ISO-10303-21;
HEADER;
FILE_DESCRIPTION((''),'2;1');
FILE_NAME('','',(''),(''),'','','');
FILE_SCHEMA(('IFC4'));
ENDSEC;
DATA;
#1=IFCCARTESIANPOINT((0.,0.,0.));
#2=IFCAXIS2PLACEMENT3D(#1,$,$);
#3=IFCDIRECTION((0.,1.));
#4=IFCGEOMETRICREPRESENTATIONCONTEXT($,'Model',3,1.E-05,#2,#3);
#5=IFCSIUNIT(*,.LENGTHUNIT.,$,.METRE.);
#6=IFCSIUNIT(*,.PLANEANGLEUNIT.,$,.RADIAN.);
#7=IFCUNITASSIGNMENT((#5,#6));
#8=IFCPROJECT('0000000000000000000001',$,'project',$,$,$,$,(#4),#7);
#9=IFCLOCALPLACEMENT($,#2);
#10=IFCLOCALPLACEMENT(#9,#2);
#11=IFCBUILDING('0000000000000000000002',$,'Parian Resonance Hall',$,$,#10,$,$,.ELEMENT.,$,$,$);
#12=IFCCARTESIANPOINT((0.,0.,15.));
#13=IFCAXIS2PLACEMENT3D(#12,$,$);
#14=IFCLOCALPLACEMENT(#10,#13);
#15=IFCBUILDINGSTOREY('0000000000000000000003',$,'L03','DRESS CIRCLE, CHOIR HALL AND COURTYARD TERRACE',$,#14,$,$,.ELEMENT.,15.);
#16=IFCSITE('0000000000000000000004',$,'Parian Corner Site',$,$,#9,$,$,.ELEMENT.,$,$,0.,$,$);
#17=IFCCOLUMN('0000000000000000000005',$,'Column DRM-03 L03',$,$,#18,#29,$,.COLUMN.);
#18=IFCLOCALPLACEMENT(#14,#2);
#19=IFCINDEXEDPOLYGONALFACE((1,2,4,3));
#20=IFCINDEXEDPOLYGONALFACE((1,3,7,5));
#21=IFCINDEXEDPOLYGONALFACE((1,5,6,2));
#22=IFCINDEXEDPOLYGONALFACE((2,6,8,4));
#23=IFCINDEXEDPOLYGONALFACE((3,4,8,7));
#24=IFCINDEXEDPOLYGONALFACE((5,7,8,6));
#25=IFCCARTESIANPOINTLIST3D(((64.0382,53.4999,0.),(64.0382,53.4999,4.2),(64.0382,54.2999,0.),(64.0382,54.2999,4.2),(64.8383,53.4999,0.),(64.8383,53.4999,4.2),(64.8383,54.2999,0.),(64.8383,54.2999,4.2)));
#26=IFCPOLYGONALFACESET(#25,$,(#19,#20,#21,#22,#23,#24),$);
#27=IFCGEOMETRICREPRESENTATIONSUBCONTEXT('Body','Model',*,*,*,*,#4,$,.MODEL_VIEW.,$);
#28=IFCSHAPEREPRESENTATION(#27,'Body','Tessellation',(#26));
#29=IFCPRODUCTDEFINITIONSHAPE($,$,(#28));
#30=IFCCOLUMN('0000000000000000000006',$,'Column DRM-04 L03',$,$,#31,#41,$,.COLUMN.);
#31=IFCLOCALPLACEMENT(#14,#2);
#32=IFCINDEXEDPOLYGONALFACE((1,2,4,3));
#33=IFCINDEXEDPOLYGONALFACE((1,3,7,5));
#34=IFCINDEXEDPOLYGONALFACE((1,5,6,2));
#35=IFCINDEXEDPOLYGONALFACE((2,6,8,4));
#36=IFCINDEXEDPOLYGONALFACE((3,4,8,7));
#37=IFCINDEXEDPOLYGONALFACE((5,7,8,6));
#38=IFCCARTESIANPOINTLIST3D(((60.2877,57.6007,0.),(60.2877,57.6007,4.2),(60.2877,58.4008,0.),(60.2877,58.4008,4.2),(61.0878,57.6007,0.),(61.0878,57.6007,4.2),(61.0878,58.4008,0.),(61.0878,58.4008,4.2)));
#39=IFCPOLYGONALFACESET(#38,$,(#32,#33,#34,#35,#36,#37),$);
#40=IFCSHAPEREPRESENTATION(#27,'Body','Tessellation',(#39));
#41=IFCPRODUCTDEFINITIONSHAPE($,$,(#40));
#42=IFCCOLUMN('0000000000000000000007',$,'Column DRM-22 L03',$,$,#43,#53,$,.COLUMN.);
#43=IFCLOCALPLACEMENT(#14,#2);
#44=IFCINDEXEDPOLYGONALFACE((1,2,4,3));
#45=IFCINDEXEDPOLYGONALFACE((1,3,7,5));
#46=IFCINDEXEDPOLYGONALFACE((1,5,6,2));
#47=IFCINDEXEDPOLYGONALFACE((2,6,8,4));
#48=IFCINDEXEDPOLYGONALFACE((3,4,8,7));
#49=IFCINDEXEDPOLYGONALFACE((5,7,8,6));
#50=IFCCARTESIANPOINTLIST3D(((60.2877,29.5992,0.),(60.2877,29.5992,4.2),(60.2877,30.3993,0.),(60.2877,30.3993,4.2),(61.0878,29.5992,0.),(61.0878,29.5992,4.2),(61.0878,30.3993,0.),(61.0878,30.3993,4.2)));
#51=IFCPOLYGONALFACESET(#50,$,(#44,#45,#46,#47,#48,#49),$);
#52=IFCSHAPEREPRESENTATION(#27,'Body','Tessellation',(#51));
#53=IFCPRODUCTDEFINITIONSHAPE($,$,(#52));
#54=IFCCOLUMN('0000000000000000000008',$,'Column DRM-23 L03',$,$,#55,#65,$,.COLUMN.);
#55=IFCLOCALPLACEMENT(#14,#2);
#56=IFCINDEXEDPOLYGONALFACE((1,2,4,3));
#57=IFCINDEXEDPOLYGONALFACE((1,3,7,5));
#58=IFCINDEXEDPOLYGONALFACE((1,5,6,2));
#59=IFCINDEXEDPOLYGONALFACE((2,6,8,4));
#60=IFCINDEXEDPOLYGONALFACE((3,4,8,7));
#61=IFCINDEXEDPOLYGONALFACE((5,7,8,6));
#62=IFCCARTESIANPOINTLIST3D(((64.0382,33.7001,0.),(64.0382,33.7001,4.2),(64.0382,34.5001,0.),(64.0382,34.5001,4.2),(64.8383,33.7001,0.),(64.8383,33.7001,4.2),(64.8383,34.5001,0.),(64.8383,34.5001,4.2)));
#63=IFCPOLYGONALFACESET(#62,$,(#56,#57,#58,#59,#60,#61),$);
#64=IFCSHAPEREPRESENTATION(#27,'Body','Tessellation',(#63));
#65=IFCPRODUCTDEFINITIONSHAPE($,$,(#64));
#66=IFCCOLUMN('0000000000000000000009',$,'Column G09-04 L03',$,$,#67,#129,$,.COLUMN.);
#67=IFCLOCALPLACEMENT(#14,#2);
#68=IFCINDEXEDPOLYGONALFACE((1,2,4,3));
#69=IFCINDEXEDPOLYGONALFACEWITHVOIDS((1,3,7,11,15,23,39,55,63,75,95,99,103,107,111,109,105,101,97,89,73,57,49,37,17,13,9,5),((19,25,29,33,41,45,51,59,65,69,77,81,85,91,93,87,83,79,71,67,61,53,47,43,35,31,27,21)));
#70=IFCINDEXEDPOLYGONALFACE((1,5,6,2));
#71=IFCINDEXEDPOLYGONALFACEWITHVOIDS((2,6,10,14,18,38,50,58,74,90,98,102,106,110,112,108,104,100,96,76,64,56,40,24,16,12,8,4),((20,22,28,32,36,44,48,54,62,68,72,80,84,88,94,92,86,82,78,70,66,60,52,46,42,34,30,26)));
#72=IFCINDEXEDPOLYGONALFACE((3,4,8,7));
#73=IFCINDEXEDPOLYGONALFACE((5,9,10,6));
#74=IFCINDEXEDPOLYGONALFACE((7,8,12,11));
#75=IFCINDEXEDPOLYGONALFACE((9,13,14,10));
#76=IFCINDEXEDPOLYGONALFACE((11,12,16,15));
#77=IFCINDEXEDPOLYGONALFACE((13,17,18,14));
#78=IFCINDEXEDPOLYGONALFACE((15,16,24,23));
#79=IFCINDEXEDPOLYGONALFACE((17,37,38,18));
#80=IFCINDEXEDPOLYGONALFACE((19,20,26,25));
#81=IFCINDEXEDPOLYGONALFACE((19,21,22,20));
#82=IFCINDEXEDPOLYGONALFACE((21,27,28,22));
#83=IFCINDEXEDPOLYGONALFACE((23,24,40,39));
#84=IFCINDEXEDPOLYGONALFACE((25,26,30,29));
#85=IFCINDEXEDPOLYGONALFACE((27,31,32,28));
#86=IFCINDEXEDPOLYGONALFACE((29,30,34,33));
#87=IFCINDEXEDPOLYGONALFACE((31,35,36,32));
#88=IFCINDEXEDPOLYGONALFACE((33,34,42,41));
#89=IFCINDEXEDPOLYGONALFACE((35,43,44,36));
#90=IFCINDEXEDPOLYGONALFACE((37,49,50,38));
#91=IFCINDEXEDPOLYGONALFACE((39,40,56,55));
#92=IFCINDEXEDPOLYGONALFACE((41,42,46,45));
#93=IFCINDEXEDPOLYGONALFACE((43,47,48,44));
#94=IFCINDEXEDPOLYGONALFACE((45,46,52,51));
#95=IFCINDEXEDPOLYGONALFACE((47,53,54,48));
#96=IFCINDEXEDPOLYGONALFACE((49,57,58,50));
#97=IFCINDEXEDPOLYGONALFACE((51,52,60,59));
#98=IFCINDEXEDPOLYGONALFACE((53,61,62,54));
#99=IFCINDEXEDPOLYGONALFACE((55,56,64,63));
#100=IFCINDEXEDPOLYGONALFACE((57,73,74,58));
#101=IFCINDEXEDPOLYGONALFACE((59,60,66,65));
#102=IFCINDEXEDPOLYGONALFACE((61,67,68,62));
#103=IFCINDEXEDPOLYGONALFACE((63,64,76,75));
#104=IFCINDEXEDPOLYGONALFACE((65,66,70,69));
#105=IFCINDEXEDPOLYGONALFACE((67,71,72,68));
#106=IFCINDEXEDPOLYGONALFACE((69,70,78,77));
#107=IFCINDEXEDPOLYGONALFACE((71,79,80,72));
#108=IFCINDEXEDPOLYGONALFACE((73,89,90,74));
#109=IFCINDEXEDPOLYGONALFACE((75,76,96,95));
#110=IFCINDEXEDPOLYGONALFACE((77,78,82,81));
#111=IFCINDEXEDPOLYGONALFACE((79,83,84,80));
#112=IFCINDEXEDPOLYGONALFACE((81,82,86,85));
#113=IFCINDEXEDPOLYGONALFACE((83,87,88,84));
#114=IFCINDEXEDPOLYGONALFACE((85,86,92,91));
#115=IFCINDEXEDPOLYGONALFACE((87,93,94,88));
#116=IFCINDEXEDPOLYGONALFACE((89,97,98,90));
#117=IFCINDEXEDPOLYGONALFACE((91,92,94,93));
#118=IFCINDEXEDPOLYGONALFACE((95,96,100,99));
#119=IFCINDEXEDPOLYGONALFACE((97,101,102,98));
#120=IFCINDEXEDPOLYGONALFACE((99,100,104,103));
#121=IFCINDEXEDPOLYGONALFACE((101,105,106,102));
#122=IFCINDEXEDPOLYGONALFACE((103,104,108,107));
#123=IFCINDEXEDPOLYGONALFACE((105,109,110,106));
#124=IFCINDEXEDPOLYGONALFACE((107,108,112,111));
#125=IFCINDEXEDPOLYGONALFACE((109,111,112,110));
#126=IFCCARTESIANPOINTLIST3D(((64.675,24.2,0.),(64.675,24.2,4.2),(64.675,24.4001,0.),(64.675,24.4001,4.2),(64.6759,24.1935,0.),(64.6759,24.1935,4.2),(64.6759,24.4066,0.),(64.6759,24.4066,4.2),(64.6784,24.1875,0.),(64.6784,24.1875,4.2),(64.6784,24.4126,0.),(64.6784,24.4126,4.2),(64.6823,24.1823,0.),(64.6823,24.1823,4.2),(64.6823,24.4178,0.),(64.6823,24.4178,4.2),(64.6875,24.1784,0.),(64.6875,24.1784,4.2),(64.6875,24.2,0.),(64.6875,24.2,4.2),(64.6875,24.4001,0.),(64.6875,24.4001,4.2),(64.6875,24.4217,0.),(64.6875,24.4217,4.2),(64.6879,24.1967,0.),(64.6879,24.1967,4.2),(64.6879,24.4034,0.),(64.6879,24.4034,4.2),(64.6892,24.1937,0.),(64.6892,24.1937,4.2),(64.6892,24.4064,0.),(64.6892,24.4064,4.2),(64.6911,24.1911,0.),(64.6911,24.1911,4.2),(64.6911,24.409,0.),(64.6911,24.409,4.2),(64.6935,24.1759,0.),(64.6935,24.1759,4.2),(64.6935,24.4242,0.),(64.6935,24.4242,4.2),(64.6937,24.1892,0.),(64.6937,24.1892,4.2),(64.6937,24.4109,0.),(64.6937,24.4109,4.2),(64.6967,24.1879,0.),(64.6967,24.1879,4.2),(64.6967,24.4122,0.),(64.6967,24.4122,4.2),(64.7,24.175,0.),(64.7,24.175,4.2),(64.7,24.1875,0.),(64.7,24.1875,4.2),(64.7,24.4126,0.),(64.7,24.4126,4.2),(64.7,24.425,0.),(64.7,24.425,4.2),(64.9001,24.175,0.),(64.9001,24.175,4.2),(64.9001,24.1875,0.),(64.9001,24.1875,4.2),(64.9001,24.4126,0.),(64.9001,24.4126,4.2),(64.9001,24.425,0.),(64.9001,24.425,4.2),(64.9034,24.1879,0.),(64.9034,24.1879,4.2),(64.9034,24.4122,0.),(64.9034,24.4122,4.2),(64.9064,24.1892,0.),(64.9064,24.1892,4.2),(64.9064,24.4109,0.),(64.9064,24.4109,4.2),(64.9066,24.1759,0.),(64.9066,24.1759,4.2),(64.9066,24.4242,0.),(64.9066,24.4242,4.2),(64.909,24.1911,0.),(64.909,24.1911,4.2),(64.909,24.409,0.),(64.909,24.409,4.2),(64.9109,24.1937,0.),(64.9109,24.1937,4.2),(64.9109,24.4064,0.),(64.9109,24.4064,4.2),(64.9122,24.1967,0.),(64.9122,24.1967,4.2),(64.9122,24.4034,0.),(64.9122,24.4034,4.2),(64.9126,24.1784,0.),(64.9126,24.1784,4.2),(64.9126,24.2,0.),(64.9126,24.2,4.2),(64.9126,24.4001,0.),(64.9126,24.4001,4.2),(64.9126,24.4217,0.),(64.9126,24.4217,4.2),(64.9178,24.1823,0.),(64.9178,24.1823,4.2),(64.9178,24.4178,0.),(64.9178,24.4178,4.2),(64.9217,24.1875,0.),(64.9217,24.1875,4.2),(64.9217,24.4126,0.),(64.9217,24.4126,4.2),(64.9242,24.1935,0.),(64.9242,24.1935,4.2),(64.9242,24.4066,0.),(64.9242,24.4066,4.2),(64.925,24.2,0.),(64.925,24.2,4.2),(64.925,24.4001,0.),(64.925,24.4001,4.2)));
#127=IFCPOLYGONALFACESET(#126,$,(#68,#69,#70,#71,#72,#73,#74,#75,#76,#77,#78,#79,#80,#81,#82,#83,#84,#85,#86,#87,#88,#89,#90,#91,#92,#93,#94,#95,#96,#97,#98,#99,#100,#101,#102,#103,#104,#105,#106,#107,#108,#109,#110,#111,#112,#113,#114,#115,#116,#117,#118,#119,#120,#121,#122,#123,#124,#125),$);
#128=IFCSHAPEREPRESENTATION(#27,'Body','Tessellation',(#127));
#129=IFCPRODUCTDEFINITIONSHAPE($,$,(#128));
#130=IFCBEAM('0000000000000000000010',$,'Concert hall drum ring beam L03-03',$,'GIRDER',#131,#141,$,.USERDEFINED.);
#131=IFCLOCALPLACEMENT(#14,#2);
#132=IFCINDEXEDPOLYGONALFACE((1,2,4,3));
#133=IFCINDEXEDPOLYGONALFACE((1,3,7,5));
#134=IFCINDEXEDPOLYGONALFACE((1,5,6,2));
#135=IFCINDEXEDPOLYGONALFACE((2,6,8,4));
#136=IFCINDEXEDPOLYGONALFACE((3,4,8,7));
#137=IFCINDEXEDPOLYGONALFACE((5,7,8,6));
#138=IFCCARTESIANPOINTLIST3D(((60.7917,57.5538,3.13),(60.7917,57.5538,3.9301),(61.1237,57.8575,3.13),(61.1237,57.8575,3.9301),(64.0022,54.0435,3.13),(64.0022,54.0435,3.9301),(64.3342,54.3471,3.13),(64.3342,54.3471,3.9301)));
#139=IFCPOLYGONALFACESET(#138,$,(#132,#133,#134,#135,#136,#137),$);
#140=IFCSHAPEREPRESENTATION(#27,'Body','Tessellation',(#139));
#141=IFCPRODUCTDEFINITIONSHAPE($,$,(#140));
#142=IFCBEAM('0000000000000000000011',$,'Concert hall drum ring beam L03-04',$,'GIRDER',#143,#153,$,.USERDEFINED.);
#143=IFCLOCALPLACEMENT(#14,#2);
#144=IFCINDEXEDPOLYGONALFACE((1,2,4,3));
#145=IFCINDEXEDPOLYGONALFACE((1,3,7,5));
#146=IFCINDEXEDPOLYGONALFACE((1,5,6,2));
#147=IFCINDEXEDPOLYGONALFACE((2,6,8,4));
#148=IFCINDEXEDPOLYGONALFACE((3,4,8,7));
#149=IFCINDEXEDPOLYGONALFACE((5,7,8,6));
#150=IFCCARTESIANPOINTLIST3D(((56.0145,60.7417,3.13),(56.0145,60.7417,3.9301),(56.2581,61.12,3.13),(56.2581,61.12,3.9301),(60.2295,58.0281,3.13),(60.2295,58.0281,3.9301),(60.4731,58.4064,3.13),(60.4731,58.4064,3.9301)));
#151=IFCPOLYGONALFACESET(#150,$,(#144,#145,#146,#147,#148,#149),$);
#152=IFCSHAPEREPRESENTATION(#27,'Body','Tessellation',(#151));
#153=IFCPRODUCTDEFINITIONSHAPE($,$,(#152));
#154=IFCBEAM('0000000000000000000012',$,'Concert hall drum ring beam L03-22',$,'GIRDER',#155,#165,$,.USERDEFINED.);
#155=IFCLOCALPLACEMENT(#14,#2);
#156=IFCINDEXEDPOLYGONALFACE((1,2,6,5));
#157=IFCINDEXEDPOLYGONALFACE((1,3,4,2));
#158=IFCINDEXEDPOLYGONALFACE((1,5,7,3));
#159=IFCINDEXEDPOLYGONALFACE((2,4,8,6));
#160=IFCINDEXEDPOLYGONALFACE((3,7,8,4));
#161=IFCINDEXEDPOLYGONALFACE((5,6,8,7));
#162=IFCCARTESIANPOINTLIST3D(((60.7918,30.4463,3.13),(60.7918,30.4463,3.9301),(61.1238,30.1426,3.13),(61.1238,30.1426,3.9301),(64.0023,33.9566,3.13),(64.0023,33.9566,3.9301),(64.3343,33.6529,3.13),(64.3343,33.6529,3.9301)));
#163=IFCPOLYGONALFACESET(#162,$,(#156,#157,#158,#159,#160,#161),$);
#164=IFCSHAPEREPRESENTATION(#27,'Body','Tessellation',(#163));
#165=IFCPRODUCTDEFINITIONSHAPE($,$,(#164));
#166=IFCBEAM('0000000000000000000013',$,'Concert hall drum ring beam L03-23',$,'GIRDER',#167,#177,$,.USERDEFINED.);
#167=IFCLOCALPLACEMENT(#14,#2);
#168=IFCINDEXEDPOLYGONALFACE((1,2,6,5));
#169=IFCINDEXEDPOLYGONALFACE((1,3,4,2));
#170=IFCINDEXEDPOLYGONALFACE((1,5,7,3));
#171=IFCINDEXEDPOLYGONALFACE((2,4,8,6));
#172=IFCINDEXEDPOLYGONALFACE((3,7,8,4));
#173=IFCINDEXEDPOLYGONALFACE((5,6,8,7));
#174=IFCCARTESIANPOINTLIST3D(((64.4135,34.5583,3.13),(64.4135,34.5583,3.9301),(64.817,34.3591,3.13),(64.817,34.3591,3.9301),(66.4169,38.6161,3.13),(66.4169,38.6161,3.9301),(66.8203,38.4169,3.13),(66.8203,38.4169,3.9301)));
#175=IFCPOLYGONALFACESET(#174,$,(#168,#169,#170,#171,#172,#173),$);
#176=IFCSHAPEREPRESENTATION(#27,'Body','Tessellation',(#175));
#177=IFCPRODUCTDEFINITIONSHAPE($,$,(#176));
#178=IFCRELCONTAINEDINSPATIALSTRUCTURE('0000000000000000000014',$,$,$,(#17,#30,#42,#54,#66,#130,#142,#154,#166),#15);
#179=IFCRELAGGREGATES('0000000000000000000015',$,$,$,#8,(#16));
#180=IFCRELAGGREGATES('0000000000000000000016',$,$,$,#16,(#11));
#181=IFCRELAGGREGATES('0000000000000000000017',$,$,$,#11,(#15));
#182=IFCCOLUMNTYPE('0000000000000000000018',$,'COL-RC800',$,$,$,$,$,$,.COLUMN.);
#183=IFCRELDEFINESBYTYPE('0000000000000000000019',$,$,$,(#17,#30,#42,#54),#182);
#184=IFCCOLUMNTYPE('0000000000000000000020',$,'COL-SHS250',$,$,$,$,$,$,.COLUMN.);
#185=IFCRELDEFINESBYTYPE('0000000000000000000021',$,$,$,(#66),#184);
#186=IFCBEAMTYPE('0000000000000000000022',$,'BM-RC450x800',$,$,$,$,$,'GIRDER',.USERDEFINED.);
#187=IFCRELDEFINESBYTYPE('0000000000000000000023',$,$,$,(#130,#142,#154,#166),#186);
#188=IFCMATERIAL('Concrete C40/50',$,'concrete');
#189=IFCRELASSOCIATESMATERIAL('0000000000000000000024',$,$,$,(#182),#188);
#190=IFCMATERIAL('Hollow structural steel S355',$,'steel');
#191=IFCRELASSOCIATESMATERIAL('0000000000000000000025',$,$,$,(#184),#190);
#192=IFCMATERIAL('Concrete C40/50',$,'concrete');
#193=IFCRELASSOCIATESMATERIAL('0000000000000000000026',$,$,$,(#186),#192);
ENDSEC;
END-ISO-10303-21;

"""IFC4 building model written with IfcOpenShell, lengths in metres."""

from ifc_helpers import new_model, si_unit, direction, frame, origin, origin_2d, place, context, subcontext, project, spatial, rectangle, hollow_rectangle, extrude, material, material_profile, profile_set, type_object, element, save


model = new_model("IFC4")

# Units and contexts
model_context = context("Model", 3, precision=1e-05, world=origin(), true_north=direction((0.0, 1.0)))
body_context = subcontext(model_context, "Body", "Model", "MODEL_VIEW")
ifc_project = project(units=[si_unit("LENGTHUNIT", "METRE"), si_unit("PLANEANGLEUNIT", "RADIAN")], contexts=[model_context])

# Site, building, storey
site_placement = place(None, origin())
site = spatial("IfcSite", under=ifc_project, at=site_placement, Name="Parian Corner Site", CompositionType="ELEMENT", RefElevation=0.0)
building_placement = place(site_placement, origin())
building = spatial("IfcBuilding", under=site, at=building_placement, Name="Parian Resonance Hall", CompositionType="ELEMENT")
storey_placement = place(building_placement, frame((0.0, 0.0, 15.0)))
storey = spatial("IfcBuildingStorey", under=building, at=storey_placement, Name="L03", Description="DRESS CIRCLE, CHOIR HALL AND COURTYARD TERRACE", CompositionType="ELEMENT", Elevation=15.0)

# Columns
ifc_material_1 = material(Name="Concrete C40/50", Category="concrete")
ifc_material_profile_1 = material_profile(ifc_material_1, rectangle(XDim=0.8, YDim=0.8, at=origin_2d()), Name="RC-COL-800x800")
ifc_profile_set_1 = profile_set([ifc_material_profile_1], Name="Concrete C40/50")
column_type_1 = type_object("IfcColumnType", Name="COL-RC800", PredefinedType="COLUMN", material=ifc_profile_set_1)
for number, where, z_axis, x_axis, name in (
    (1, (64.4382, 53.8999, 0.0), (0.0, 0.0, 1.0), (1.0, 0.0, 0.0), "Column DRM-03 L03"),
    (2, (60.6877, 58.0007, 0.0), (0.0, 0.0, 1.0), (1.0, 0.0, 0.0), "Column DRM-04 L03"),
    (3, (60.6877, 29.9993, 0.0), (0.0, 0.0, 1.0), (1.0, 0.0, 0.0), "Column DRM-22 L03"),
    (4, (64.4382, 34.1001, 0.0), (0.0, 0.0, 1.0), (1.0, 0.0, 0.0), "Column DRM-23 L03"),
):
    element("IfcColumn", number, at=place(storey_placement, frame(where, z_axis=z_axis, x_axis=x_axis)), inside=storey, type_object=column_type_1, Name=name, PredefinedType="COLUMN", context=body_context, shape_type="SweptSolid", body=[
        extrude(rectangle(XDim=0.8, YDim=0.8, at=origin_2d()), origin(), (0.0, 0.0, 1.0), 4.2),
    ])
ifc_material_2 = material(Name="Hollow structural steel S355", Category="steel")
ifc_material_profile_2 = material_profile(ifc_material_2, hollow_rectangle(XDim=0.25, YDim=0.25, WallThickness=0.0125, InnerFilletRadius=0.0125, OuterFilletRadius=0.0249, at=origin_2d()), Name="SHS250x250x12.5")
ifc_profile_set_2 = profile_set([ifc_material_profile_2], Name="Hollow structural steel S355")
column_type_2 = type_object("IfcColumnType", Name="COL-SHS250", PredefinedType="COLUMN", material=ifc_profile_set_2)
column_placement = place(storey_placement, frame((64.8, 24.3, 0.0), z_axis=(0.0, 0.0, 1.0), x_axis=(1.0, 0.0, 0.0)))
element("IfcColumn", 5, at=column_placement, inside=storey, type_object=column_type_2, Name="Column G09-04 L03", PredefinedType="COLUMN", context=body_context, shape_type="SweptSolid", body=[
    extrude(hollow_rectangle(XDim=0.25, YDim=0.25, WallThickness=0.0125, InnerFilletRadius=0.0125, OuterFilletRadius=0.0249, at=origin_2d()), origin(), (0.0, 0.0, 1.0), 4.2),
])

# Beams
ifc_material_3 = material(Name="Concrete C40/50", Category="concrete")
ifc_material_profile_3 = material_profile(ifc_material_3, rectangle(XDim=0.45, YDim=0.8, at=origin_2d()), Name="RC-BM-450x800")
ifc_profile_set_3 = profile_set([ifc_material_profile_3], Name="Concrete C40/50")
beam_type_1 = type_object("IfcBeamType", Name="BM-RC450x800", ElementType="GIRDER", PredefinedType="USERDEFINED", material=ifc_profile_set_3)
beam_1_placement = place(storey_placement, frame((64.1682, 54.1953, 3.53), z_axis=(-0.674892, 0.737916, 0.0), x_axis=(-0.737916, -0.674892, 0.0)))
element("IfcBeam", 6, at=beam_1_placement, inside=storey, type_object=beam_type_1, Name="Concert hall drum ring beam L03-03", ObjectType="GIRDER", PredefinedType="USERDEFINED", context=body_context, shape_type="SweptSolid", body=[
    extrude(rectangle(XDim=0.45, YDim=0.8, at=origin_2d()), origin(), (0.0, 0.0, 1.0), 4.7571),
])
beam_2_placement = place(storey_placement, frame((60.3513, 58.2173, 3.53), z_axis=(-0.840822, 0.541311, 0.0), x_axis=(-0.541311, -0.840822, 0.0)))
element("IfcBeam", 7, at=beam_2_placement, inside=storey, type_object=beam_type_1, Name="Concert hall drum ring beam L03-04", ObjectType="GIRDER", PredefinedType="USERDEFINED", context=body_context, shape_type="SweptSolid", body=[
    extrude(rectangle(XDim=0.45, YDim=0.8, at=origin_2d()), origin(), (0.0, 0.0, 1.0), 5.0129),
])
beam_3_placement = place(storey_placement, frame((60.9578, 30.2944, 3.53), z_axis=(0.674892, 0.737916, 0.0), x_axis=(-0.737916, 0.674892, 0.0)))
element("IfcBeam", 8, at=beam_3_placement, inside=storey, type_object=beam_type_1, Name="Concert hall drum ring beam L03-22", ObjectType="GIRDER", PredefinedType="USERDEFINED", context=body_context, shape_type="SweptSolid", body=[
    extrude(rectangle(XDim=0.45, YDim=0.8, at=origin_2d()), origin(), (0.0, 0.0, 1.0), 4.7571),
])
beam_4_placement = place(storey_placement, frame((64.6152, 34.4587, 3.53), z_axis=(0.442698, 0.896671, 0.0), x_axis=(-0.896671, 0.442698, 0.0)))
element("IfcBeam", 9, at=beam_4_placement, inside=storey, type_object=beam_type_1, Name="Concert hall drum ring beam L03-23", ObjectType="GIRDER", PredefinedType="USERDEFINED", context=body_context, shape_type="SweptSolid", body=[
    extrude(rectangle(XDim=0.45, YDim=0.8, at=origin_2d()), origin(), (0.0, 0.0, 1.0), 4.5254),
])

save(model, "model.ifc")
